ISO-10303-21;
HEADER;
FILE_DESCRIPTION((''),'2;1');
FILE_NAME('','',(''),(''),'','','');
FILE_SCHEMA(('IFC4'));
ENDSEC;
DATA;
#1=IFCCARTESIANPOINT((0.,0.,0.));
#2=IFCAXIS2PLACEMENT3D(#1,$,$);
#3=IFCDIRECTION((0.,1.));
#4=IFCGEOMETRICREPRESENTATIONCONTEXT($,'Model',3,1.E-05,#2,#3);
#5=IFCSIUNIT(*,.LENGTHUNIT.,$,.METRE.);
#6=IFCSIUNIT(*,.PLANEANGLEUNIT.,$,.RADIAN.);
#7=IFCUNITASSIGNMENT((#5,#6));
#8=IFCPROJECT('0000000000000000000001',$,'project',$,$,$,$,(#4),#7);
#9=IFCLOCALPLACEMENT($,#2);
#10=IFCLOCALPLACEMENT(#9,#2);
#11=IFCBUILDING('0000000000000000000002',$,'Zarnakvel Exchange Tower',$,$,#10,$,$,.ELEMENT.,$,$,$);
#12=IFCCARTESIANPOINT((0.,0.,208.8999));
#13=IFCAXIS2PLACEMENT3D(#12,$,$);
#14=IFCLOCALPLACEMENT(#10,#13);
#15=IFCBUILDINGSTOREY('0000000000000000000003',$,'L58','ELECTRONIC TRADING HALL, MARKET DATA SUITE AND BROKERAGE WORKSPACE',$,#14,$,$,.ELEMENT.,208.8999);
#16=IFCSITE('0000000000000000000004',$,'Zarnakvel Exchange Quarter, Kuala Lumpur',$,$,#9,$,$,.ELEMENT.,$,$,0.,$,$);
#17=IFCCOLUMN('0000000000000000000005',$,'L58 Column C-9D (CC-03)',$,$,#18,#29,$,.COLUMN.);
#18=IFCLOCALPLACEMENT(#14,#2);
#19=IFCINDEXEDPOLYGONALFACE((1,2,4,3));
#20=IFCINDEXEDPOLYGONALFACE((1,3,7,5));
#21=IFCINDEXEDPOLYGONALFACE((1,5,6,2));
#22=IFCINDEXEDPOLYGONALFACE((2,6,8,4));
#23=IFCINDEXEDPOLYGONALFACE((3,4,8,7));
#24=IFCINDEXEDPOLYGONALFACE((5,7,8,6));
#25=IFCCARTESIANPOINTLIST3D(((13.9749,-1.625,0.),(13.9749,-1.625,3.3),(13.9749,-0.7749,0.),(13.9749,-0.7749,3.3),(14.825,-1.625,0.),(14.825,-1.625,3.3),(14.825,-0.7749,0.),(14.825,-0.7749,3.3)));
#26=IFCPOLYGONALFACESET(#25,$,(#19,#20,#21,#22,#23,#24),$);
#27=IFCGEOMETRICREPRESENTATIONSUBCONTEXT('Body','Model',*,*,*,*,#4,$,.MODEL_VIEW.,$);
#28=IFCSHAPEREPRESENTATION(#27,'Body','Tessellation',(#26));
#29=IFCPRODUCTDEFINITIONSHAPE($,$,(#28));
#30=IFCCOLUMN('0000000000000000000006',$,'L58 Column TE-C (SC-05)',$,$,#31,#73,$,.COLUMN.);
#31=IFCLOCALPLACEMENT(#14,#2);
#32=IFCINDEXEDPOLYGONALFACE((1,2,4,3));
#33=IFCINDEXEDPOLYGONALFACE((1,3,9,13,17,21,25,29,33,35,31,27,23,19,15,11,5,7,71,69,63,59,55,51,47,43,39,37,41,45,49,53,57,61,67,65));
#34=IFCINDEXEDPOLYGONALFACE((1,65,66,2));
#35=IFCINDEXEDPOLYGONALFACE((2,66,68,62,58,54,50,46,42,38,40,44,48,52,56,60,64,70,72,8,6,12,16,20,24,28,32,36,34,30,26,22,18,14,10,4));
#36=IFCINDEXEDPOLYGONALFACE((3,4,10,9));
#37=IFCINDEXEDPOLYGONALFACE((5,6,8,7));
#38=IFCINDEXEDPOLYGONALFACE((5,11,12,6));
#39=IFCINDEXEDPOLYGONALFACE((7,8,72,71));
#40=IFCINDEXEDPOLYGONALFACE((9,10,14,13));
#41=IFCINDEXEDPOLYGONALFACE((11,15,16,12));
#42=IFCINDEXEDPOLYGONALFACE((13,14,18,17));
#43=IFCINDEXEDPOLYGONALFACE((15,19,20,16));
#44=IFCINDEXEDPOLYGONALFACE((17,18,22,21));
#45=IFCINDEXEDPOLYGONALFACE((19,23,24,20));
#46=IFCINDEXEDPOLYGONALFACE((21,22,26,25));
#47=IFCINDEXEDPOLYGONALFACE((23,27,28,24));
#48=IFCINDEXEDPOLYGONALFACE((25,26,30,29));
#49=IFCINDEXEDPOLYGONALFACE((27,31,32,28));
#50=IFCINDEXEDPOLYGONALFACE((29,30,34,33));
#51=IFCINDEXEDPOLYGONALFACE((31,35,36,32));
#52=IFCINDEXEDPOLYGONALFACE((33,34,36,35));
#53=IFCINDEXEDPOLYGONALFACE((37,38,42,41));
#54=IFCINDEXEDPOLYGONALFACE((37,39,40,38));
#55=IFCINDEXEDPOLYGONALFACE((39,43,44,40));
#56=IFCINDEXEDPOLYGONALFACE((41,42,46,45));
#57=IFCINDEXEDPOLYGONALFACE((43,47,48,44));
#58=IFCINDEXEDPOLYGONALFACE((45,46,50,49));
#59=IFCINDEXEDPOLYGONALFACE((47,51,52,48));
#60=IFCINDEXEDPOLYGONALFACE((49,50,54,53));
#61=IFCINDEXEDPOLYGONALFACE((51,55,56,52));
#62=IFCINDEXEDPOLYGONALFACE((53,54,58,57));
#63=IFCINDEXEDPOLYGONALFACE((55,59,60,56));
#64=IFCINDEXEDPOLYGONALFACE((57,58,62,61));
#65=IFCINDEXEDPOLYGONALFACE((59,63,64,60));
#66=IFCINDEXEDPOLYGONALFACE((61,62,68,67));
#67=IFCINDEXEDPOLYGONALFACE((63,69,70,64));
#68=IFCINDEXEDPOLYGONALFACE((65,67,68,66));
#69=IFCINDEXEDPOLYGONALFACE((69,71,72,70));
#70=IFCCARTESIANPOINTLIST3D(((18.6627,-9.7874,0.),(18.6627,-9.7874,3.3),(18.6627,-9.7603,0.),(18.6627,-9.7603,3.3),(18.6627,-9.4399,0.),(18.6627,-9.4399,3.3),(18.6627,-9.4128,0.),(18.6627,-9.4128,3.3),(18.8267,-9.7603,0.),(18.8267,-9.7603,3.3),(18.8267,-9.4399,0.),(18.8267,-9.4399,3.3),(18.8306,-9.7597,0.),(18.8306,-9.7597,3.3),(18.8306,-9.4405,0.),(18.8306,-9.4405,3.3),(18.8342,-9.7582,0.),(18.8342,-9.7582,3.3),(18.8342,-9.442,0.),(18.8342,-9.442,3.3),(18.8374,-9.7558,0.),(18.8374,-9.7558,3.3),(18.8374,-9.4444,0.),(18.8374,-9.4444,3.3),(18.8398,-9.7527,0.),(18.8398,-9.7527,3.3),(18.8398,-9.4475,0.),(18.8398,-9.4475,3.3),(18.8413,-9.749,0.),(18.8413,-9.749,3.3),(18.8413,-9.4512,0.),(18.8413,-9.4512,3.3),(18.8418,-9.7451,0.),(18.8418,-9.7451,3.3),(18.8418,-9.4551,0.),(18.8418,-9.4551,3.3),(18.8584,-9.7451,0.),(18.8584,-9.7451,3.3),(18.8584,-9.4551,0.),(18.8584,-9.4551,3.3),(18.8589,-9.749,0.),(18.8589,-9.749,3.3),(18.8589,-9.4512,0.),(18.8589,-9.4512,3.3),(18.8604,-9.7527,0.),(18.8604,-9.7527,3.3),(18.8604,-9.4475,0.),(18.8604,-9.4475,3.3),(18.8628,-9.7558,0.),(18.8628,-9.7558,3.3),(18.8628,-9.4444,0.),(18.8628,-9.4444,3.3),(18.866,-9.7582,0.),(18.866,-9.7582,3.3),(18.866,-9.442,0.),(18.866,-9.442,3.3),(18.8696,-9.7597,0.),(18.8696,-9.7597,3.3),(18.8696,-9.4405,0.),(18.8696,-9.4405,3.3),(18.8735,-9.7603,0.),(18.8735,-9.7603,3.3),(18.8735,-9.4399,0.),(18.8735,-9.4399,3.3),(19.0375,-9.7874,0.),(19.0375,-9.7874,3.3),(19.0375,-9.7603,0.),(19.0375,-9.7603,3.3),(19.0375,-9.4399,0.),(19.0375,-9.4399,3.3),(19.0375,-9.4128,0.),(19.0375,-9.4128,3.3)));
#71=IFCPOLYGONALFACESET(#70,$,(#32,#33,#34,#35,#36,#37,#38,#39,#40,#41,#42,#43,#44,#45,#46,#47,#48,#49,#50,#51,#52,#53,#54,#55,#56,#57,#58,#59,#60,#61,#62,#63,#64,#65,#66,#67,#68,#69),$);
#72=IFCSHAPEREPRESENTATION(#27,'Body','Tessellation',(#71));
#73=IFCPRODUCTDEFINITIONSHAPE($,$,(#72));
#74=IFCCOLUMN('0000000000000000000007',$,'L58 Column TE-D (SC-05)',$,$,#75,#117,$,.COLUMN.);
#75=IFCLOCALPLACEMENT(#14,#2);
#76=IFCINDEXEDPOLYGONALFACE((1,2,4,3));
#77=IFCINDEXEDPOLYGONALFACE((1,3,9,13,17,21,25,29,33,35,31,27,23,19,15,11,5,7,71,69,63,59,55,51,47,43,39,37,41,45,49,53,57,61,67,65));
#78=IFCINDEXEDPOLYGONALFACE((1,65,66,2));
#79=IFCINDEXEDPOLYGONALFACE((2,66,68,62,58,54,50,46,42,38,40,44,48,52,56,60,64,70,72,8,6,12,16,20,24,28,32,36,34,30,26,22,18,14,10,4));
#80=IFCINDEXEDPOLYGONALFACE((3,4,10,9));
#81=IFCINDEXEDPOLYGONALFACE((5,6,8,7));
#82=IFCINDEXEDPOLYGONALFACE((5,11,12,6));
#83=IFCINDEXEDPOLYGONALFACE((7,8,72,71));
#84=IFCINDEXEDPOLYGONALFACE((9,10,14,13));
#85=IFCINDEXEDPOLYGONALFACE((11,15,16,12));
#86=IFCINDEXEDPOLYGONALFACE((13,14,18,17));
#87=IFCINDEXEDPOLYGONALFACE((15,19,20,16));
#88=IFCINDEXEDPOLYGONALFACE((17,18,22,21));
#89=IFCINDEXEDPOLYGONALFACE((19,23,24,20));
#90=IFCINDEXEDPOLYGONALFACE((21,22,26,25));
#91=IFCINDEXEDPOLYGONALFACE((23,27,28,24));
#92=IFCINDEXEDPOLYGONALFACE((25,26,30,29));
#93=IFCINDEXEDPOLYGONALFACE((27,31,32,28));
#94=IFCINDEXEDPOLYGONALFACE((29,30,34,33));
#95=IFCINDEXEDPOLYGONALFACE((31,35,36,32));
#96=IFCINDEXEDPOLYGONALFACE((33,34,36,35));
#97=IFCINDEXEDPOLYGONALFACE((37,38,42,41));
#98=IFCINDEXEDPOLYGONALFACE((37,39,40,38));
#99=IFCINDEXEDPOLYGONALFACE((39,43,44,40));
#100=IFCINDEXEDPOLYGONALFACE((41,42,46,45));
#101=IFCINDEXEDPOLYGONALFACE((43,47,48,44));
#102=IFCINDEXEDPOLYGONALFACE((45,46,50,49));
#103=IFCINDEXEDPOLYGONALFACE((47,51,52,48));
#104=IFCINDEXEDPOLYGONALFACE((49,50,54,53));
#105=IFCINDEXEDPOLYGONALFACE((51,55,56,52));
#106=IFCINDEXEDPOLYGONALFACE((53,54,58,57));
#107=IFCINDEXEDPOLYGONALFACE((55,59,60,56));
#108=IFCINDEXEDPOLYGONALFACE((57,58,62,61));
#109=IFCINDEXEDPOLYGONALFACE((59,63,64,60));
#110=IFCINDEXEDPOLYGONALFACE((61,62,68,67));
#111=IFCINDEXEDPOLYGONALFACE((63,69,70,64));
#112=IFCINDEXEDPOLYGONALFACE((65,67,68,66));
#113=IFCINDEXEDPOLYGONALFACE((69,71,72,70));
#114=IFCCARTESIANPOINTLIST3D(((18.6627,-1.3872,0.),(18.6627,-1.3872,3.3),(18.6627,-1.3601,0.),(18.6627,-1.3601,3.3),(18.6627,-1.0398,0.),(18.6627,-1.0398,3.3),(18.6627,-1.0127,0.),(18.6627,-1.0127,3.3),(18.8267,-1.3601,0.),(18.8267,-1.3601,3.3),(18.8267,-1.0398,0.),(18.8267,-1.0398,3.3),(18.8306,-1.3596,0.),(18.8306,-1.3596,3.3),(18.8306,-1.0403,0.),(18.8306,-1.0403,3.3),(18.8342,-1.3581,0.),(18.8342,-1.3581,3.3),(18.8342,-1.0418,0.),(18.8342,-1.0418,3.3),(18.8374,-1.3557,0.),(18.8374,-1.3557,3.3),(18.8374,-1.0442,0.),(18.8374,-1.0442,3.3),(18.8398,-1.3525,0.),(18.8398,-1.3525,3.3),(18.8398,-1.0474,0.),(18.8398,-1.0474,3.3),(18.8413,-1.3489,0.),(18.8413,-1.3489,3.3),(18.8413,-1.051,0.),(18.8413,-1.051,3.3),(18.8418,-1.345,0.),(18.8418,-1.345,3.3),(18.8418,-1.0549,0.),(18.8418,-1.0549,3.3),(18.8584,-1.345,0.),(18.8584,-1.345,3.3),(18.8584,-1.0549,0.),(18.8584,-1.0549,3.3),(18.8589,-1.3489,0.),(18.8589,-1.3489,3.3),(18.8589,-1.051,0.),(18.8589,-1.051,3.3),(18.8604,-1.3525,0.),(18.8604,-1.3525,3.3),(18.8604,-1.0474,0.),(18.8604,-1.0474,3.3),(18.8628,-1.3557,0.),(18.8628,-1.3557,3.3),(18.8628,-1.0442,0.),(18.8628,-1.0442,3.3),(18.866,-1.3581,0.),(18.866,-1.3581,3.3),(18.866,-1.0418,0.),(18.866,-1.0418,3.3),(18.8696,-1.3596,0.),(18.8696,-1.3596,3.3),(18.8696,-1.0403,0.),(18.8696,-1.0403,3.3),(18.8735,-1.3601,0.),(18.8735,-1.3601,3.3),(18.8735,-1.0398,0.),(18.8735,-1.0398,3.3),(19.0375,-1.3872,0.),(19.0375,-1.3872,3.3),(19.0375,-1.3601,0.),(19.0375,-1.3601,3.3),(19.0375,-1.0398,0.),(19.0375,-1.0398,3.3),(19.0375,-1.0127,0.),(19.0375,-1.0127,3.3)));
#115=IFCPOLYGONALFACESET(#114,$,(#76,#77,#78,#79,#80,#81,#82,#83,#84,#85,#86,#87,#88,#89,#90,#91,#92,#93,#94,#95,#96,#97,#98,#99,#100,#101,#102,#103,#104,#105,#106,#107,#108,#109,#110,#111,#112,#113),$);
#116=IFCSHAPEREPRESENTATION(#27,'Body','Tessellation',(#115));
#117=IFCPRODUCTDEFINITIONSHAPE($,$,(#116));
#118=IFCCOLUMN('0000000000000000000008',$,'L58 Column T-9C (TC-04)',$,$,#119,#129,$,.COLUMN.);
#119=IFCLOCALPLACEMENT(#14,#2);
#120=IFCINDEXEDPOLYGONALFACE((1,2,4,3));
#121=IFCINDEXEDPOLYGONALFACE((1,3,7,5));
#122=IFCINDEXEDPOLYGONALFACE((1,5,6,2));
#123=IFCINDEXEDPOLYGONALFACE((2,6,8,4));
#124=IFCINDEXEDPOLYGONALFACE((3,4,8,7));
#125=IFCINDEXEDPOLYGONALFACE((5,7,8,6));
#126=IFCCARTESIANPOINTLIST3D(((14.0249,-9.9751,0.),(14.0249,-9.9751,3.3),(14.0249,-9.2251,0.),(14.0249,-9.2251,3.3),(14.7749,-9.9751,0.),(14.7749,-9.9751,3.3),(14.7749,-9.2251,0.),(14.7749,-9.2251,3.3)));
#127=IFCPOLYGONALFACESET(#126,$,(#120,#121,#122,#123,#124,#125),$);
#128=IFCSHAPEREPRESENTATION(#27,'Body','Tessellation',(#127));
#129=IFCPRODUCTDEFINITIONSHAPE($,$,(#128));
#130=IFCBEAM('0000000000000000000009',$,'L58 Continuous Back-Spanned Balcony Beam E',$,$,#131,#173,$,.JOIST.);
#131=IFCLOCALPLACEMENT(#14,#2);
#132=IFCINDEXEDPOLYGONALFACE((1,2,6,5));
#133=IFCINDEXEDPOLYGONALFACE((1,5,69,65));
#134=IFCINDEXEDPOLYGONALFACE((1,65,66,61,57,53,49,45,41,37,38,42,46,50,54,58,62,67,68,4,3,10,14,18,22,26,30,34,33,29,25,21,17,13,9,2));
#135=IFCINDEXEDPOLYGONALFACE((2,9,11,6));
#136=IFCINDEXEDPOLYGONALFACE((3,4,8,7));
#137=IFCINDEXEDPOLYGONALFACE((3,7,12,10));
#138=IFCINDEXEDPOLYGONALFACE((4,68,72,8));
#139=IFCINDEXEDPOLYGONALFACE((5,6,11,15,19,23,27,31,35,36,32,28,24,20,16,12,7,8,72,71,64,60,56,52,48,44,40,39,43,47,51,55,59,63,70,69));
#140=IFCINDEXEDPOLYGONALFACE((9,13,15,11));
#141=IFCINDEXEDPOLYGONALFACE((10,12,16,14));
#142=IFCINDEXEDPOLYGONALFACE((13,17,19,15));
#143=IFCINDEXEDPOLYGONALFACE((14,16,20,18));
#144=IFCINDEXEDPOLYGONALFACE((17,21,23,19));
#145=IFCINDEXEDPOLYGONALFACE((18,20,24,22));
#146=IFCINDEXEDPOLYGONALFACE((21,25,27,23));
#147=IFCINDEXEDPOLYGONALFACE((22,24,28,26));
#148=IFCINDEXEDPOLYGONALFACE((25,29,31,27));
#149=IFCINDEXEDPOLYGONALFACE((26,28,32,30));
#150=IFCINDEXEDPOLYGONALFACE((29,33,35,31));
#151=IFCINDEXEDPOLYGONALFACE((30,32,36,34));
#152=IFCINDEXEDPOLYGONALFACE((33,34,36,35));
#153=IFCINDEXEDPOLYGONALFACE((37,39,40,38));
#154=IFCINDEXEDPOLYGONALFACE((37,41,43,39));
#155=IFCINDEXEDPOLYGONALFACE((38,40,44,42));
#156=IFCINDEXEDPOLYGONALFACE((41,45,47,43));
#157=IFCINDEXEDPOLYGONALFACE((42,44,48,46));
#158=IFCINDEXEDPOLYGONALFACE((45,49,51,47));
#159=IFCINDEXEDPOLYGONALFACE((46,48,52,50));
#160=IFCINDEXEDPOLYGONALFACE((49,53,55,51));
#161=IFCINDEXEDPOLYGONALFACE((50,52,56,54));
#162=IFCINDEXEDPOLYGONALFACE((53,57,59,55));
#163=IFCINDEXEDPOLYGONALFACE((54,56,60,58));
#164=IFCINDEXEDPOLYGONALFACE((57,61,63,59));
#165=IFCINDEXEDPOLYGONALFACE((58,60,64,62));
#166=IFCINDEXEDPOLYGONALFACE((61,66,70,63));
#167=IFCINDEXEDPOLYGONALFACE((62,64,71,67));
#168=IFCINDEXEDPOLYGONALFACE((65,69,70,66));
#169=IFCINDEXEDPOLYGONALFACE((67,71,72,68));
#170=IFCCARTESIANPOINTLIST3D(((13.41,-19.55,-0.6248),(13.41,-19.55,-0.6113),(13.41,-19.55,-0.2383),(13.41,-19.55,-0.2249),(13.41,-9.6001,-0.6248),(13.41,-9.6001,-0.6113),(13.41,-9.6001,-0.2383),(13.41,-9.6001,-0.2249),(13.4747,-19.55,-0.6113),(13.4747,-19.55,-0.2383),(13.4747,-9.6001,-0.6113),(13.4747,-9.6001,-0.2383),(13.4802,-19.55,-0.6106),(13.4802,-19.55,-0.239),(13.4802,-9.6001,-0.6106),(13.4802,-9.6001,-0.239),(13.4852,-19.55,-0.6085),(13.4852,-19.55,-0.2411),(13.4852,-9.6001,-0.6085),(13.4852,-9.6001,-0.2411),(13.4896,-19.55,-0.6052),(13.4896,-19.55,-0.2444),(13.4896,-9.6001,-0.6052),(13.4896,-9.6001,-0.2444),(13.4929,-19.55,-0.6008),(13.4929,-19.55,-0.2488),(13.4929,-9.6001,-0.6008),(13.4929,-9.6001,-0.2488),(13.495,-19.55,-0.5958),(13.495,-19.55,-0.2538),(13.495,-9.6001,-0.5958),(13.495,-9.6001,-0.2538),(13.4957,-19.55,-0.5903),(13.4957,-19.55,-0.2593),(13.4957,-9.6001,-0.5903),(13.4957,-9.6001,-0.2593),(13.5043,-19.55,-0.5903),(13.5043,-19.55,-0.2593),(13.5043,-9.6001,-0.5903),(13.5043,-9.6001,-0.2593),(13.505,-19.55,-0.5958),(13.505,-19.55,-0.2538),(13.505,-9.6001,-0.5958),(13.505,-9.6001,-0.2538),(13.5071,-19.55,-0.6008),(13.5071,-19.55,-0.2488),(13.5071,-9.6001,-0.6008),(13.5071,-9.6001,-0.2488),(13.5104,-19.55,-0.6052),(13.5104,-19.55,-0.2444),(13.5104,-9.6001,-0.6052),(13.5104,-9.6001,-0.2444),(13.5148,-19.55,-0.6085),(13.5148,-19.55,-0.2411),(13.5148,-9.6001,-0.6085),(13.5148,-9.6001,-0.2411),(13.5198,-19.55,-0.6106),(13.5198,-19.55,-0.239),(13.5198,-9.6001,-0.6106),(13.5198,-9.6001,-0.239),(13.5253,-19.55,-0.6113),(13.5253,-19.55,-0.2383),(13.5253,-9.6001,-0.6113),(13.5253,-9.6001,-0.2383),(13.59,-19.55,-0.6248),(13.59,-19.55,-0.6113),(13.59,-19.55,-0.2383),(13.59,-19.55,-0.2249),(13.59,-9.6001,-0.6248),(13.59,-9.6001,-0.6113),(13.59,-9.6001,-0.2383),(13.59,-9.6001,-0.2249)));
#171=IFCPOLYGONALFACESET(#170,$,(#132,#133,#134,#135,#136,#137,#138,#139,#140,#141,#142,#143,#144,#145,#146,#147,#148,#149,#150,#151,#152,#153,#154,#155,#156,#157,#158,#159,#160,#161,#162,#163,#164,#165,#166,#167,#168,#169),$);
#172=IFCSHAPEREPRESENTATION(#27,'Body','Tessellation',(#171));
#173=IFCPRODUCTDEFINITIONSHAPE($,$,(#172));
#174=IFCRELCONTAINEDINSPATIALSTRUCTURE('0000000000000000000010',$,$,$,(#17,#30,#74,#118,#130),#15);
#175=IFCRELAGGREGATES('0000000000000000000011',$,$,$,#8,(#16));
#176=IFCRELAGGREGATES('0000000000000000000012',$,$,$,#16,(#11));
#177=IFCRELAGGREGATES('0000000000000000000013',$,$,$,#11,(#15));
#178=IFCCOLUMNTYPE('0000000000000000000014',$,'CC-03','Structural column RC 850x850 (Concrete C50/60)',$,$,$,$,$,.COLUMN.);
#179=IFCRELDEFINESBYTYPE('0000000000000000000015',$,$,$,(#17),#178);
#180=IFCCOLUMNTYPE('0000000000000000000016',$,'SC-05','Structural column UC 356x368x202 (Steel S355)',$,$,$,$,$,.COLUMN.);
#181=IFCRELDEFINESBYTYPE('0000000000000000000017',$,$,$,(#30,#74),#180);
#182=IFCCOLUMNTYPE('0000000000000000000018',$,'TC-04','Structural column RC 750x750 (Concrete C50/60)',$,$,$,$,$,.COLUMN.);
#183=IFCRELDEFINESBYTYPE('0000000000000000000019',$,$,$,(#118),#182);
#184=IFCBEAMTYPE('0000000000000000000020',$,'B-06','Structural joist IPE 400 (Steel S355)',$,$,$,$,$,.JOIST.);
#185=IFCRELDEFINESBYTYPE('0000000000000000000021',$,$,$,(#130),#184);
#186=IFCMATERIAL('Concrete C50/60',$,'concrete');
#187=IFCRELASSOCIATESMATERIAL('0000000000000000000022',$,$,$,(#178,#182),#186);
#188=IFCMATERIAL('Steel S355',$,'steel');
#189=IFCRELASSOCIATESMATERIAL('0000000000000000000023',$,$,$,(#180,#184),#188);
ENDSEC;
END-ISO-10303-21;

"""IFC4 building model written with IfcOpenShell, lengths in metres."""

from ifc_helpers import new_model, si_unit, direction, frame, origin, origin_2d, place, context, subcontext, project, spatial, rectangle, i_section, extrude, material, material_profile, profile_set, type_object, element, save


model = new_model("IFC4")

# Units and contexts
model_context = context("Model", 3, precision=1e-05, world=origin(), true_north=direction((0.0, 1.0)))
body_context = subcontext(model_context, "Body", "Model", "MODEL_VIEW")
ifc_project = project(units=[si_unit("LENGTHUNIT", "METRE"), si_unit("PLANEANGLEUNIT", "RADIAN")], contexts=[model_context])

# Site, building, storey
site_placement = place(None, origin())
site = spatial("IfcSite", under=ifc_project, at=site_placement, Name="Zarnakvel Exchange Quarter, Kuala Lumpur", CompositionType="ELEMENT", RefElevation=0.0)
building_placement = place(site_placement, origin())
building = spatial("IfcBuilding", under=site, at=building_placement, Name="Zarnakvel Exchange Tower", CompositionType="ELEMENT")
storey_placement = place(building_placement, frame((0.0, 0.0, 208.8999)))
storey = spatial("IfcBuildingStorey", under=building, at=storey_placement, Name="L58", Description="ELECTRONIC TRADING HALL, MARKET DATA SUITE AND BROKERAGE WORKSPACE", CompositionType="ELEMENT", Elevation=208.8999)

# Columns
ifc_material_1 = material(Name="Concrete C50/60", Category="concrete")
ifc_material_profile_1 = material_profile(ifc_material_1, rectangle(XDim=0.8501, YDim=0.8501, at=origin_2d()))
ifc_profile_set_1 = profile_set([ifc_material_profile_1], Name="Concrete C50/60")
column_type_1 = type_object("IfcColumnType", Name="CC-03", Description="Structural column RC 850x850 (Concrete C50/60)", PredefinedType="COLUMN", material=ifc_profile_set_1)
column_1_placement = place(storey_placement, frame((14.3999, -1.2, 0.0), z_axis=(0.0, 0.0, 1.0), x_axis=(1.0, 0.0, 0.0)))
element("IfcColumn", 1, at=column_1_placement, inside=storey, type_object=column_type_1, Name="L58 Column C-9D (CC-03)", PredefinedType="COLUMN", context=body_context, shape_type="SweptSolid", body=[
    extrude(rectangle(XDim=0.8501, YDim=0.8501, at=origin_2d()), origin(), (0.0, 0.0, 1.0), 3.3),
])
ifc_material_2 = material(Name="Steel S355", Category="steel")
ifc_material_profile_2 = material_profile(ifc_material_2, i_section(OverallWidth=0.3748, OverallDepth=0.3745, WebThickness=0.0166, FlangeThickness=0.0271, FilletRadius=0.0151, at=origin_2d()))
ifc_profile_set_2 = profile_set([ifc_material_profile_2], Name="Steel S355")
column_type_2 = type_object("IfcColumnType", Name="SC-05", Description="Structural column UC 356x368x202 (Steel S355)", PredefinedType="COLUMN", material=ifc_profile_set_2)
for number, where, z_axis, x_axis, name in (
    (2, (18.8501, -9.6001, 0.0), (0.0, 0.0, 1.0), (1.0, 0.0, 0.0), "L58 Column TE-C (SC-05)"),
    (3, (18.8501, -1.2, 0.0), (0.0, 0.0, 1.0), (1.0, 0.0, 0.0), "L58 Column TE-D (SC-05)"),
):
    element("IfcColumn", number, at=place(storey_placement, frame(where, z_axis=z_axis, x_axis=x_axis)), inside=storey, type_object=column_type_2, Name=name, PredefinedType="COLUMN", context=body_context, shape_type="SweptSolid", body=[
        extrude(i_section(OverallWidth=0.3748, OverallDepth=0.3745, WebThickness=0.0166, FlangeThickness=0.0271, FilletRadius=0.0151, at=origin_2d()), origin(), (0.0, 0.0, 1.0), 3.3),
    ])
ifc_material_profile_3 = material_profile(ifc_material_1, rectangle(XDim=0.75, YDim=0.75, at=origin_2d()))
ifc_profile_set_3 = profile_set([ifc_material_profile_3], Name="Concrete C50/60")
column_type_3 = type_object("IfcColumnType", Name="TC-04", Description="Structural column RC 750x750 (Concrete C50/60)", PredefinedType="COLUMN", material=ifc_profile_set_3)
column_2_placement = place(storey_placement, frame((14.3999, -9.6001, 0.0), z_axis=(0.0, 0.0, 1.0), x_axis=(1.0, 0.0, 0.0)))
element("IfcColumn", 4, at=column_2_placement, inside=storey, type_object=column_type_3, Name="L58 Column T-9C (TC-04)", PredefinedType="COLUMN", context=body_context, shape_type="SweptSolid", body=[
    extrude(rectangle(XDim=0.75, YDim=0.75, at=origin_2d()), origin(), (0.0, 0.0, 1.0), 3.3),
])

# Beam
ifc_material_profile_4 = material_profile(ifc_material_2, i_section(OverallWidth=0.1799, OverallDepth=0.3999, WebThickness=0.0085, FlangeThickness=0.0134, FilletRadius=0.021, at=origin_2d()))
ifc_profile_set_4 = profile_set([ifc_material_profile_4], Name="Steel S355")
beam_type_1 = type_object("IfcBeamType", Name="B-06", Description="Structural joist IPE 400 (Steel S355)", PredefinedType="JOIST", material=ifc_profile_set_4)
beam_1_placement = place(storey_placement, frame((13.5, -9.6001, -0.4248), z_axis=(0.0, -1.0, 0.0), x_axis=(1.0, 0.0, 0.0)))
element("IfcBeam", 5, at=beam_1_placement, inside=storey, type_object=beam_type_1, Name="L58 Continuous Back-Spanned Balcony Beam E", PredefinedType="JOIST", context=body_context, shape_type="SweptSolid", body=[
    extrude(i_section(OverallWidth=0.1799, OverallDepth=0.3999, WebThickness=0.0085, FlangeThickness=0.0134, FilletRadius=0.021, at=origin_2d()), origin(), (0.0, 0.0, 1.0), 9.95),
])

save(model, "model.ifc")
